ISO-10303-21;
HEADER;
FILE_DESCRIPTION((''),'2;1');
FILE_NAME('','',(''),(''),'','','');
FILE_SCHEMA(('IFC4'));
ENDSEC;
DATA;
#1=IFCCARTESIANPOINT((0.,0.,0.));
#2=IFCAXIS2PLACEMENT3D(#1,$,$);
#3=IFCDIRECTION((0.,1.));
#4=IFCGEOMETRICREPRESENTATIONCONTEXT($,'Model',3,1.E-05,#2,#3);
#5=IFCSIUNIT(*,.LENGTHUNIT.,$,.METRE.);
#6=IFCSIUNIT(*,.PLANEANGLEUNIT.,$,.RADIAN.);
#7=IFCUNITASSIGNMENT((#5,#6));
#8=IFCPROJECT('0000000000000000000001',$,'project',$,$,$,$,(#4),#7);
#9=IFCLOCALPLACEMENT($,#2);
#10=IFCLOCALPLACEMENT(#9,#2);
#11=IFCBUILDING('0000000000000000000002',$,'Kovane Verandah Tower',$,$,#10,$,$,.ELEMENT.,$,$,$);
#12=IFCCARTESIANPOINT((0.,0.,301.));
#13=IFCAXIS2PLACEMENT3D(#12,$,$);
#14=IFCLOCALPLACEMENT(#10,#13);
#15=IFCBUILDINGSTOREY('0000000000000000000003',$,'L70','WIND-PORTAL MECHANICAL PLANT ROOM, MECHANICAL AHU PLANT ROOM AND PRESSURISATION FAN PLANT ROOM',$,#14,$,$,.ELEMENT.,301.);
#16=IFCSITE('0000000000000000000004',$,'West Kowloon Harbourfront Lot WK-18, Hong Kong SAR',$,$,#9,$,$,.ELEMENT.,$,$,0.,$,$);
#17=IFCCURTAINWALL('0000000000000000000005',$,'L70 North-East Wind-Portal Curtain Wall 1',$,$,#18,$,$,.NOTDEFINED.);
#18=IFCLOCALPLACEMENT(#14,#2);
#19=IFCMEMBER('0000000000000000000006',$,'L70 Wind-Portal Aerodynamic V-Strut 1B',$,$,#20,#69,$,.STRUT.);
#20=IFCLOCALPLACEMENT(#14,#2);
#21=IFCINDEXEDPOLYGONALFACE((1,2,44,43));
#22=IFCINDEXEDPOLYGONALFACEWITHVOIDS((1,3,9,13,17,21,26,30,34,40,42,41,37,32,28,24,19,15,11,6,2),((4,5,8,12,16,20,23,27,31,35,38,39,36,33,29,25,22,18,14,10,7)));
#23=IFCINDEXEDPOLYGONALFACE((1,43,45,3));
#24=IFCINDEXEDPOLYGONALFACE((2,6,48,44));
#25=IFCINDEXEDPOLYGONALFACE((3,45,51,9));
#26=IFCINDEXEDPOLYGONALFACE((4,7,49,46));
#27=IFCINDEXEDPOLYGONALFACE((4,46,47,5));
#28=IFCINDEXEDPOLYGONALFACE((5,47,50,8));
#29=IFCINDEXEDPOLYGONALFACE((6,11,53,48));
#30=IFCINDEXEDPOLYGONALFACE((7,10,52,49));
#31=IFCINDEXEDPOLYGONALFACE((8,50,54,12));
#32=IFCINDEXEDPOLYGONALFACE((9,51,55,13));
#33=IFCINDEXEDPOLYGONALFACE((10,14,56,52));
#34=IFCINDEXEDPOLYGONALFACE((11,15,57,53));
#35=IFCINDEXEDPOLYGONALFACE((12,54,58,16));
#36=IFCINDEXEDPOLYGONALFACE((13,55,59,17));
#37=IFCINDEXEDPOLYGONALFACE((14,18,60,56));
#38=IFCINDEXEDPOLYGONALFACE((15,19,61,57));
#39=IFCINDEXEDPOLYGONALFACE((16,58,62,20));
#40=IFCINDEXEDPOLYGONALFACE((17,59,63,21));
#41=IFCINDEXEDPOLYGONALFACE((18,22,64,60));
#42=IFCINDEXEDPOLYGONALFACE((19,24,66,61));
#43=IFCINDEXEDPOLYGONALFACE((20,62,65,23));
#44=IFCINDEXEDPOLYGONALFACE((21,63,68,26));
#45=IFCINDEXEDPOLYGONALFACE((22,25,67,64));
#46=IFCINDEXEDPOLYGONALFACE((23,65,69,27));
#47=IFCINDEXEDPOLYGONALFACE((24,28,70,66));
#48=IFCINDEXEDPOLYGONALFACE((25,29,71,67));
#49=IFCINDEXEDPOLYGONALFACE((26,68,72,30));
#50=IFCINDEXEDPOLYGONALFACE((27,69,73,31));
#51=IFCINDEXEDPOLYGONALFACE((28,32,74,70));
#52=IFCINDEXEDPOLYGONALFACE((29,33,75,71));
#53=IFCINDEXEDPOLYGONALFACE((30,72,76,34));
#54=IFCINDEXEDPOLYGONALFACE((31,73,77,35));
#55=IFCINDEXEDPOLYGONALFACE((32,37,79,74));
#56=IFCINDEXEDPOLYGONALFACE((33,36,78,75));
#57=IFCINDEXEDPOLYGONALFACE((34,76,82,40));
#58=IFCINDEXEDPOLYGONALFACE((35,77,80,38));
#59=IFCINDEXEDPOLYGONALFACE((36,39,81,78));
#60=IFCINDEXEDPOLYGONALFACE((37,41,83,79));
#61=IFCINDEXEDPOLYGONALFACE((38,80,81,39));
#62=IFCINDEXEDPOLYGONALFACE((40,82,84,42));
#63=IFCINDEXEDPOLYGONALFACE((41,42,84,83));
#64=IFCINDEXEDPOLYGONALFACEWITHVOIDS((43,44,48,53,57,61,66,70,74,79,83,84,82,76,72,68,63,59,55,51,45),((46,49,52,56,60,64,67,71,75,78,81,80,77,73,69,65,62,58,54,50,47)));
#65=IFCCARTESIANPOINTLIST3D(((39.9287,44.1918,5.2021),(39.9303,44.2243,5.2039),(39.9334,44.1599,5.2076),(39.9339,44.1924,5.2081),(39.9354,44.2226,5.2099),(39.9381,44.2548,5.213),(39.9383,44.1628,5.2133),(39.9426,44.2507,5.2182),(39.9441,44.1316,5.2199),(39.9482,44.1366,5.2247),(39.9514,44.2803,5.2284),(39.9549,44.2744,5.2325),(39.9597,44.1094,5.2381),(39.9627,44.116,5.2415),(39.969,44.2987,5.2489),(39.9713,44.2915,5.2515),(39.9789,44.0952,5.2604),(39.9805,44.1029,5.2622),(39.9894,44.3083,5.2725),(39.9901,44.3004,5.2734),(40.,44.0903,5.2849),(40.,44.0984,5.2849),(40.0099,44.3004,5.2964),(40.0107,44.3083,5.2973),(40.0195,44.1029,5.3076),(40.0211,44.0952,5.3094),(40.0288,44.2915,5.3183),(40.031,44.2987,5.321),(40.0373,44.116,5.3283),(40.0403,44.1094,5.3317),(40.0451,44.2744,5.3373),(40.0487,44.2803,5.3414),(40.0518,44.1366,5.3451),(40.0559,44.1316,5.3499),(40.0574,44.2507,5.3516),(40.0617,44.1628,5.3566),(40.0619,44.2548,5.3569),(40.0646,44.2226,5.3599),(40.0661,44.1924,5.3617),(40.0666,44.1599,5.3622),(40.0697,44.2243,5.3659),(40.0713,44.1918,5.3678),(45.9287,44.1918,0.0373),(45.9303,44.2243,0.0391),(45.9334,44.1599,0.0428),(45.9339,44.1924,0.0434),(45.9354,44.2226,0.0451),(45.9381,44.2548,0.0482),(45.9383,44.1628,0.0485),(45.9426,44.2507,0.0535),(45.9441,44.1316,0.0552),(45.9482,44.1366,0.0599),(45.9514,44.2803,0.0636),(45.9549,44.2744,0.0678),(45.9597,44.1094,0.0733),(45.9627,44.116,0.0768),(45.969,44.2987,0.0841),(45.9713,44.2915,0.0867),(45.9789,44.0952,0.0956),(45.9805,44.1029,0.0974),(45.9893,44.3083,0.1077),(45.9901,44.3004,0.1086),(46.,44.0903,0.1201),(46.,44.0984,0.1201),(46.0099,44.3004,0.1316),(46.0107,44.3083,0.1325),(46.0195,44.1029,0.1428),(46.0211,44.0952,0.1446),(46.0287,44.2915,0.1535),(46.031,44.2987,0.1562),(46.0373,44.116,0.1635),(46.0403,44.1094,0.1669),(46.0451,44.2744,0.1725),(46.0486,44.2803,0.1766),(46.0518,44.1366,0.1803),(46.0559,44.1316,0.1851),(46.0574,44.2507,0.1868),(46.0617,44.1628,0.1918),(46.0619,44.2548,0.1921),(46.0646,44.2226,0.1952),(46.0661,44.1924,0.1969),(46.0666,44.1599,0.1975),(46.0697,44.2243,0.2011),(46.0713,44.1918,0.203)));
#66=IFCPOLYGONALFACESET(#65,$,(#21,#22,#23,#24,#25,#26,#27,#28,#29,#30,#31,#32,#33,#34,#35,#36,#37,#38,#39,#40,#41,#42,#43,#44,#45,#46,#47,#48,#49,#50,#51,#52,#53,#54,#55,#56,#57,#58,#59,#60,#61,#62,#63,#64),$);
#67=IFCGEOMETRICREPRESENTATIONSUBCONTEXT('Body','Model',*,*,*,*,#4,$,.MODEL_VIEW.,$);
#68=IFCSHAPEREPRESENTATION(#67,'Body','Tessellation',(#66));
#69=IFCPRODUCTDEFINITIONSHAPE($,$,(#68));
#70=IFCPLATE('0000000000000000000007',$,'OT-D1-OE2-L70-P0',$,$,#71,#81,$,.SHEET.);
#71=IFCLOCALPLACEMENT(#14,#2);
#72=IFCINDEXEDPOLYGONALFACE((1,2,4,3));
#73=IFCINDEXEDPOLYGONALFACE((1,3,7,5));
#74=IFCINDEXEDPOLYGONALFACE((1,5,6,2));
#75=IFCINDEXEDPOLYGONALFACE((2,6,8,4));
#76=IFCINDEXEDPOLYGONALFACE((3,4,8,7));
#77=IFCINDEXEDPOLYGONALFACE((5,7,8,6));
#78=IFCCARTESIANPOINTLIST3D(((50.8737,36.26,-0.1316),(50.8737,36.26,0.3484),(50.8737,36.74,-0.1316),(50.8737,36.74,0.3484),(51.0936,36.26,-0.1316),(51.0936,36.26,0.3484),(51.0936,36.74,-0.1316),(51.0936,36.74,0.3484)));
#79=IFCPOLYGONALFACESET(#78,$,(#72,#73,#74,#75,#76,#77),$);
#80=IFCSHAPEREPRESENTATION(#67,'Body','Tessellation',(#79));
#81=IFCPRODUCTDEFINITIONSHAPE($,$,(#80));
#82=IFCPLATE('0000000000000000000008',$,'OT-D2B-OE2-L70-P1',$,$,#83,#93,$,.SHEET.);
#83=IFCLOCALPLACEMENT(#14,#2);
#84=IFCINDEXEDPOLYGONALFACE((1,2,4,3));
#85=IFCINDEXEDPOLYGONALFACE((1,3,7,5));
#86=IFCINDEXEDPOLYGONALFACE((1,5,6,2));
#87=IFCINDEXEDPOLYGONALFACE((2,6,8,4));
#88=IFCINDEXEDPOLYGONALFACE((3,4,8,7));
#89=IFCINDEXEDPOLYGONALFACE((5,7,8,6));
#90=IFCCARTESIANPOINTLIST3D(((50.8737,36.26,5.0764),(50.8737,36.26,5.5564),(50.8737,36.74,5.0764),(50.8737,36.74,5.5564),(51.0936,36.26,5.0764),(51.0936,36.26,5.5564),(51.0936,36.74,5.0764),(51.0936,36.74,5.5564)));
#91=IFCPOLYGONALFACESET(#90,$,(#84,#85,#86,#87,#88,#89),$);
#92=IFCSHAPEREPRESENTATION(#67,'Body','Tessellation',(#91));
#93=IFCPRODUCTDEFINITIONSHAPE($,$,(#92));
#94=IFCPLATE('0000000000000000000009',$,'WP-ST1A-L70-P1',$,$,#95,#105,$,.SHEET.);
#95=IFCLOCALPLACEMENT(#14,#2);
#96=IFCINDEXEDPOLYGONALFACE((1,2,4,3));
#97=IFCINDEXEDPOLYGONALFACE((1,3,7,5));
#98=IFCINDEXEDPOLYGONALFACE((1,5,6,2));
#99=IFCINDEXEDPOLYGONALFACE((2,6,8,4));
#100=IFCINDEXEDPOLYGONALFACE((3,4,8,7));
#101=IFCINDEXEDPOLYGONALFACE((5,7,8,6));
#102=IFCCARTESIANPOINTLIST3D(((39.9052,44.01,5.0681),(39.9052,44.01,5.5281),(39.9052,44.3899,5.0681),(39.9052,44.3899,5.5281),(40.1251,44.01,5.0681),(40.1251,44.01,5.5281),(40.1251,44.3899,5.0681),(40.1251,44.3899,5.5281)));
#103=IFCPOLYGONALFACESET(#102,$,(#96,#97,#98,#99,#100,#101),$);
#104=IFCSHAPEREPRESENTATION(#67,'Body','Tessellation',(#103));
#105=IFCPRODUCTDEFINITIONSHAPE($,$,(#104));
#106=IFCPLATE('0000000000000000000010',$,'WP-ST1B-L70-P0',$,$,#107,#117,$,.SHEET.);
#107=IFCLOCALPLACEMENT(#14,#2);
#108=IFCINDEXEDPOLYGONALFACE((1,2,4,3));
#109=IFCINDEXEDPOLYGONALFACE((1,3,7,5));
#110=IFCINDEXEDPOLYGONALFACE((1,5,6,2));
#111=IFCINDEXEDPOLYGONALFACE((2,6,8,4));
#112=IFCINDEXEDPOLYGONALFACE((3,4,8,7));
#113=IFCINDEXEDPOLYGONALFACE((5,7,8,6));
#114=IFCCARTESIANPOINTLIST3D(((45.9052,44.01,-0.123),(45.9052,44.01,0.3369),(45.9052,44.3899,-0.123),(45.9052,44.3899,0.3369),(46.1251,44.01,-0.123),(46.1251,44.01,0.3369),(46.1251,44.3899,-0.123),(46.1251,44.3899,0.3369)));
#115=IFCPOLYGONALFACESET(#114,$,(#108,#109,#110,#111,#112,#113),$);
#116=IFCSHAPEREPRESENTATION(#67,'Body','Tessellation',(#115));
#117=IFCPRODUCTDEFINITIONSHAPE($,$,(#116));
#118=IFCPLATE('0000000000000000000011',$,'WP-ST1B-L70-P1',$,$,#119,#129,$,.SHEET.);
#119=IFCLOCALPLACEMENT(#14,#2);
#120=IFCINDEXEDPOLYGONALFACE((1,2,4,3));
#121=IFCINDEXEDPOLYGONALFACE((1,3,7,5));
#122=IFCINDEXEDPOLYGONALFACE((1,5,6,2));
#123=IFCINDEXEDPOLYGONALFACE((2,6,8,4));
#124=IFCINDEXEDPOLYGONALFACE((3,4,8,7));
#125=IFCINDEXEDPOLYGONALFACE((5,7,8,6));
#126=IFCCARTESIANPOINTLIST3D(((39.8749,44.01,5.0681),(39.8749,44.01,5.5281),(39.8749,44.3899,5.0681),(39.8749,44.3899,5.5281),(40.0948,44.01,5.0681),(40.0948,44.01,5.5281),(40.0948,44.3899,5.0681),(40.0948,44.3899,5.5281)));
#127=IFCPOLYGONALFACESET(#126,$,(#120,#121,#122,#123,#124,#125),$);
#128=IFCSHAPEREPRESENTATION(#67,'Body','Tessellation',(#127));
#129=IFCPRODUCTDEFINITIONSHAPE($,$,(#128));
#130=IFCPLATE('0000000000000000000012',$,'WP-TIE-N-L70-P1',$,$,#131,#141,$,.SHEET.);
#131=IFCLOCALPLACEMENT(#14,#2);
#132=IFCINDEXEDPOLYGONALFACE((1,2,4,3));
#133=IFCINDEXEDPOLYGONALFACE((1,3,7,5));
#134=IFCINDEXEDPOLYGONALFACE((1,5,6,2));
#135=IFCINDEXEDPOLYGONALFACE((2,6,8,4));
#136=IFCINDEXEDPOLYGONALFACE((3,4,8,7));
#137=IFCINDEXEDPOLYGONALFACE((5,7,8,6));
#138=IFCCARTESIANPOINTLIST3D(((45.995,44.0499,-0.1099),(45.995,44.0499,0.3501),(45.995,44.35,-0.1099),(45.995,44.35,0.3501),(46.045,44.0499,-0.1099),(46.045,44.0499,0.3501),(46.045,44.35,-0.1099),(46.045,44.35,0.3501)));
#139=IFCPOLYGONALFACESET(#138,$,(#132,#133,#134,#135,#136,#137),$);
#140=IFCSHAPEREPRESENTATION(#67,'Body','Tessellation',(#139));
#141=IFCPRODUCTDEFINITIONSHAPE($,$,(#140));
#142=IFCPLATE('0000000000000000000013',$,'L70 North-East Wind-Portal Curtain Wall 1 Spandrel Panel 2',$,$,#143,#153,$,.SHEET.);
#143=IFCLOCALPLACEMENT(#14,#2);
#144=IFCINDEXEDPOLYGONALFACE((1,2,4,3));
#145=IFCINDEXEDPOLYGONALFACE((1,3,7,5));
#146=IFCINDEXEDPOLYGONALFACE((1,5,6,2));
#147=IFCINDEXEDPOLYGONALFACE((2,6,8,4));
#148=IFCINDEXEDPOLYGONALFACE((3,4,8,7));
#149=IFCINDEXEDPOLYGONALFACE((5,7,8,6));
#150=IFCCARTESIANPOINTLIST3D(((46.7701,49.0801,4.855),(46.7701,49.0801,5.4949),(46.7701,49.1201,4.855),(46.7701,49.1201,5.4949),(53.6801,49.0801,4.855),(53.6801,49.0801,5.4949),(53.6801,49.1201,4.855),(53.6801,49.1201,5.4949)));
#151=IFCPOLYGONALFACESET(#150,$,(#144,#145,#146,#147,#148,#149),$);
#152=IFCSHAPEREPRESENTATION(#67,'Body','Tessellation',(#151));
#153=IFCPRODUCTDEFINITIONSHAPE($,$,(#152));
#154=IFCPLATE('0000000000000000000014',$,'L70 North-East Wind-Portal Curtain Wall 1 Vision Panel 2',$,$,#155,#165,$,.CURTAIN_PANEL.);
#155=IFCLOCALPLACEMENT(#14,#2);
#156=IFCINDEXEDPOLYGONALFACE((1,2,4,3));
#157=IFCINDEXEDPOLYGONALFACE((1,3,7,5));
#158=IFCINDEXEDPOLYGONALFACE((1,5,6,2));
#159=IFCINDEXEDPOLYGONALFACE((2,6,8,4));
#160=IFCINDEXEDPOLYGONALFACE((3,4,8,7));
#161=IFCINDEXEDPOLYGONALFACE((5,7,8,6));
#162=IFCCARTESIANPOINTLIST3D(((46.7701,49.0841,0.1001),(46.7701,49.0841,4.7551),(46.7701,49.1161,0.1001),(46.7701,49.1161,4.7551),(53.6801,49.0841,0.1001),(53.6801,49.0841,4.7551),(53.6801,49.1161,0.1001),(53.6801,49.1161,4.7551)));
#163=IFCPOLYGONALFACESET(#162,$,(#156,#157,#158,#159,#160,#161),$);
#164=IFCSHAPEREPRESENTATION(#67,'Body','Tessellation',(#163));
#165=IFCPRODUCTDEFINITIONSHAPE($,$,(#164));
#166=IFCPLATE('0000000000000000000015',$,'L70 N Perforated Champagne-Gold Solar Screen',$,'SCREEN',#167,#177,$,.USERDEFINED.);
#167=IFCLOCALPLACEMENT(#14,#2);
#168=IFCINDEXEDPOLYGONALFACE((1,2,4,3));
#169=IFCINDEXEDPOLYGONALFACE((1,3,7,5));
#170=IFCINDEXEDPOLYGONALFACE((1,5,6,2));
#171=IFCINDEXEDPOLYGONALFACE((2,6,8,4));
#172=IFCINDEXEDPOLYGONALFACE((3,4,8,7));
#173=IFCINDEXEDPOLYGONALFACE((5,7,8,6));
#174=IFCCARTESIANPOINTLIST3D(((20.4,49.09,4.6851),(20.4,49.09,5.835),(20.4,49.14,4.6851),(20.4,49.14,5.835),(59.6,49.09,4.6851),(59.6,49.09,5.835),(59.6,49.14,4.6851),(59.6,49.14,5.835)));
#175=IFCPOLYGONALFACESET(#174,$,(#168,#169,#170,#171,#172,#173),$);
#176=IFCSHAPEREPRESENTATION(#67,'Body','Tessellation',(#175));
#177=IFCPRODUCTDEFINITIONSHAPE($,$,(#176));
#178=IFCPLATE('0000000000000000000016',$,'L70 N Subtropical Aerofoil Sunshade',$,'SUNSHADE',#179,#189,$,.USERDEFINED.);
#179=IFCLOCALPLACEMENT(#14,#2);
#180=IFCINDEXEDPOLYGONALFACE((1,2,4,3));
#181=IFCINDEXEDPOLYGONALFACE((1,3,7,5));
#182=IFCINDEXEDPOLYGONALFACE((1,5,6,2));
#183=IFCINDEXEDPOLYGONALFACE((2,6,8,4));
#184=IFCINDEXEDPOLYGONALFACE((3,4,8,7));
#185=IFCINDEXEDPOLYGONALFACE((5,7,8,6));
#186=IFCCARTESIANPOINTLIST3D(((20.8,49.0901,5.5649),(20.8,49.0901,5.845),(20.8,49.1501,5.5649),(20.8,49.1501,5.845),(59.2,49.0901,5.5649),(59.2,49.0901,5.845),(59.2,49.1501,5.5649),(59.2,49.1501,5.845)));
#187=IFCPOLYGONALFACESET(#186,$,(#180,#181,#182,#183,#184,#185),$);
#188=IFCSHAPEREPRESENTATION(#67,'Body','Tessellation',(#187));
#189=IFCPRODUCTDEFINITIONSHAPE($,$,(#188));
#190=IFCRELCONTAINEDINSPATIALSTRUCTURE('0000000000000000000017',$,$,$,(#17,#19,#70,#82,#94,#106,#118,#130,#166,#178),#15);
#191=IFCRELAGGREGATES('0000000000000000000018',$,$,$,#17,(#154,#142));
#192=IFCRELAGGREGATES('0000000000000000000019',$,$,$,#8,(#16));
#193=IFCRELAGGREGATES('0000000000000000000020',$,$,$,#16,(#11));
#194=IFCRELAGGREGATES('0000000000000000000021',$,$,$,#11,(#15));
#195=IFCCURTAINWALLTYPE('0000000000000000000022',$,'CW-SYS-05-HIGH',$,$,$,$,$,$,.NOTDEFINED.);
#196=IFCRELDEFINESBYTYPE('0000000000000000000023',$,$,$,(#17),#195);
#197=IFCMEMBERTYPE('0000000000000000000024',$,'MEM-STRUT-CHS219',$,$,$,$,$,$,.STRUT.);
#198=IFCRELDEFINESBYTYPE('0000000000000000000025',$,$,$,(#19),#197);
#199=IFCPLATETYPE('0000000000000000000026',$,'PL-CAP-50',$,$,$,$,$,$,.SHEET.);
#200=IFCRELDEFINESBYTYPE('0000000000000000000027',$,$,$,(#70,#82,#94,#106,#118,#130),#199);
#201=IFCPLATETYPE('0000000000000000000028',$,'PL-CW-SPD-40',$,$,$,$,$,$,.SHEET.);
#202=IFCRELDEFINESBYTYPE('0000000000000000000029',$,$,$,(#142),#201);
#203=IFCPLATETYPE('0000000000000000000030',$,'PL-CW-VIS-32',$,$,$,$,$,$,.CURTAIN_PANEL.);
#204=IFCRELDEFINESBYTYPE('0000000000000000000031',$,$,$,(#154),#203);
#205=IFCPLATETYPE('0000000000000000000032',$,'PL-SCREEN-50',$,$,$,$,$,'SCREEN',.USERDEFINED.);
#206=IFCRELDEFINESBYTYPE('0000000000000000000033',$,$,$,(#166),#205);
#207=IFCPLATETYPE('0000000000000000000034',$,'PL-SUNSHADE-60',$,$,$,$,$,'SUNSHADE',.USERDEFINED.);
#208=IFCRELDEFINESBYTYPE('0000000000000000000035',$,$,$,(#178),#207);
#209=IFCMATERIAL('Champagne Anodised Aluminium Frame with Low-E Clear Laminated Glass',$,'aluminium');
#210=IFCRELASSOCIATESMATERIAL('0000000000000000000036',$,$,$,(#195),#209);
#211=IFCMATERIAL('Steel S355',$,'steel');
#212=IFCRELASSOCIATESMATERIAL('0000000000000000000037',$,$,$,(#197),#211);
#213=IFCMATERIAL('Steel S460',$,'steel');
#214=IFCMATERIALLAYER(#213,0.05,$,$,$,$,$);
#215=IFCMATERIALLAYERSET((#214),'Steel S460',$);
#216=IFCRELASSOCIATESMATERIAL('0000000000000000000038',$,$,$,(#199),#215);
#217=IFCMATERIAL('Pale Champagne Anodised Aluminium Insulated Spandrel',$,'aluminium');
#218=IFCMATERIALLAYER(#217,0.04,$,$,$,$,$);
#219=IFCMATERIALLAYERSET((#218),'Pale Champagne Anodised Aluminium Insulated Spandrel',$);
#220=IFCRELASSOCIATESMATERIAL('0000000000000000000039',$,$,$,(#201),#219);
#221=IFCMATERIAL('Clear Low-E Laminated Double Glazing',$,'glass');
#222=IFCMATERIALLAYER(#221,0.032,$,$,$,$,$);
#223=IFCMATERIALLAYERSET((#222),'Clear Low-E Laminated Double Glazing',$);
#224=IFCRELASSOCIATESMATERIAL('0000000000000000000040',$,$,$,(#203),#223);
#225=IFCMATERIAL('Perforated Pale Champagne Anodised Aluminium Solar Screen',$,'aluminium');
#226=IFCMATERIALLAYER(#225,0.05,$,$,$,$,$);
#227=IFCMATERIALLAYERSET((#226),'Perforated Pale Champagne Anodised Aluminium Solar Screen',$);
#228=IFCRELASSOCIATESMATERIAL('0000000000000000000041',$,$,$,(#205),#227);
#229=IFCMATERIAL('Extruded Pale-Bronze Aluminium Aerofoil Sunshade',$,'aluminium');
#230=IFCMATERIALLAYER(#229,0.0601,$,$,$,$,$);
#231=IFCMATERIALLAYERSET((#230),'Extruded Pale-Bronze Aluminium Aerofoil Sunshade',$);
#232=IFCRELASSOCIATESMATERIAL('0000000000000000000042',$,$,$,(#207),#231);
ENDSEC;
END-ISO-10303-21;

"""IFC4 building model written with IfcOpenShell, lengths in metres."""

from ifc_helpers import new_model, si_unit, direction, frame, origin, origin_2d, place, context, subcontext, project, spatial, rectangle, hollow_circle, extrude, material, layer, layer_set, material_profile, profile_set, type_object, element, aggregate, save


model = new_model("IFC4")

# Units and contexts
model_context = context("Model", 3, precision=1e-05, world=origin(), true_north=direction((0.0, 1.0)))
body_context = subcontext(model_context, "Body", "Model", "MODEL_VIEW")
ifc_project = project(units=[si_unit("LENGTHUNIT", "METRE"), si_unit("PLANEANGLEUNIT", "RADIAN")], contexts=[model_context])

# Site, building, storey
site_placement = place(None, origin())
site = spatial("IfcSite", under=ifc_project, at=site_placement, Name="West Kowloon Harbourfront Lot WK-18, Hong Kong SAR", CompositionType="ELEMENT", RefElevation=0.0)
building_placement = place(site_placement, origin())
building = spatial("IfcBuilding", under=site, at=building_placement, Name="Kovane Verandah Tower", CompositionType="ELEMENT")
storey_placement = place(building_placement, frame((0.0, 0.0, 301.0)))
storey = spatial("IfcBuildingStorey", under=building, at=storey_placement, Name="L70", Description="WIND-PORTAL MECHANICAL PLANT ROOM, MECHANICAL AHU PLANT ROOM AND PRESSURISATION FAN PLANT ROOM", CompositionType="ELEMENT", Elevation=301.0)

# Curtain wall
ifc_material_1 = material(Name="Champagne Anodised Aluminium Frame with Low-E Clear Laminated Glass", Category="aluminium")
curtain_wall_type = type_object("IfcCurtainWallType", Name="CW-SYS-05-HIGH", PredefinedType="NOTDEFINED", material=ifc_material_1)
curtain_wall_placement = place(storey_placement, origin())
curtain_wall = element("IfcCurtainWall", 1, at=curtain_wall_placement, inside=storey, type_object=curtain_wall_type, Name="L70 North-East Wind-Portal Curtain Wall 1", PredefinedType="NOTDEFINED")

# Member
ifc_material_2 = material(Name="Steel S355", Category="steel")
ifc_material_profile_1 = material_profile(ifc_material_2, hollow_circle(Radius=0.1096, WallThickness=0.0081, at=origin_2d()), Name="CHS219.1x8")
ifc_profile_set_1 = profile_set([ifc_material_profile_1], Name="Steel S355")
member_type_1 = type_object("IfcMemberType", Name="MEM-STRUT-CHS219", PredefinedType="STRUT", material=ifc_profile_set_1)
member_1_placement = place(storey_placement, frame((46.0, 44.2, 0.1201), z_axis=(-0.757886, 0.0, 0.652387), x_axis=(0.0, -1.0, 0.0)))
element("IfcMember", 2, at=member_1_placement, inside=storey, type_object=member_type_1, Name="L70 Wind-Portal Aerodynamic V-Strut 1B", PredefinedType="STRUT", context=body_context, shape_type="SweptSolid", body=[
    extrude(hollow_circle(Radius=0.1096, WallThickness=0.0081, at=origin_2d()), origin(), (0.0, 0.0, 1.0), 7.9167),
])

# Plates
ifc_material_3 = material(Name="Steel S460", Category="steel")
ifc_layer_1 = layer(ifc_material_3, 0.05)
ifc_layer_set_1 = layer_set([ifc_layer_1], Name="Steel S460")
plate_type_1 = type_object("IfcPlateType", Name="PL-CAP-50", PredefinedType="SHEET", material=ifc_layer_set_1)
for number, where, z_axis, x_axis, name in (
    (3, (50.9836, 36.5, -0.1316), (0.0, 0.0, 1.0), (1.0, 0.0, 0.0), "OT-D1-OE2-L70-P0"),
    (4, (50.9836, 36.5, 5.0764), (0.0, 0.0, 1.0), (-1.0, 0.0, 0.0), "OT-D2B-OE2-L70-P1"),
):
    element("IfcPlate", number, at=place(storey_placement, frame(where, z_axis=z_axis, x_axis=x_axis)), inside=storey, type_object=plate_type_1, Name=name, PredefinedType="SHEET", context=body_context, shape_type="SweptSolid", body=[
        extrude(rectangle(XDim=0.22, YDim=0.48, at=origin_2d()), origin(), (0.0, 0.0, 1.0), 0.48),
    ])
for number, where, z_axis, x_axis, name in (
    (5, (40.0151, 44.2, 5.0681), (0.0, 0.0, 1.0), (1.0, 0.0, 0.0), "WP-ST1A-L70-P1"),
    (6, (46.0151, 44.2, -0.123), (0.0, 0.0, 1.0), (-1.0, 0.0, 0.0), "WP-ST1B-L70-P0"),
    (7, (39.9849, 44.2, 5.0681), (0.0, 0.0, 1.0), (-1.0, 0.0, 0.0), "WP-ST1B-L70-P1"),
):
    element("IfcPlate", number, at=place(storey_placement, frame(where, z_axis=z_axis, x_axis=x_axis)), inside=storey, type_object=plate_type_1, Name=name, PredefinedType="SHEET", context=body_context, shape_type="SweptSolid", body=[
        extrude(rectangle(XDim=0.22, YDim=0.3799, at=origin_2d()), origin(), (0.0, 0.0, 1.0), 0.46),
    ])
plate_1_placement = place(storey_placement, frame((46.02, 44.2, -0.1099), z_axis=(0.0, 0.0, 1.0), x_axis=(1.0, 0.0, 0.0)))
element("IfcPlate", 8, at=plate_1_placement, inside=storey, type_object=plate_type_1, Name="WP-TIE-N-L70-P1", PredefinedType="SHEET", context=body_context, shape_type="SweptSolid", body=[
    extrude(rectangle(XDim=0.05, YDim=0.3, at=origin_2d()), origin(), (0.0, 0.0, 1.0), 0.46),
])

# Plates
ifc_material_4 = material(Name="Pale Champagne Anodised Aluminium Insulated Spandrel", Category="aluminium")
ifc_layer_2 = layer(ifc_material_4, 0.04)
ifc_layer_set_2 = layer_set([ifc_layer_2], Name="Pale Champagne Anodised Aluminium Insulated Spandrel")
plate_type_2 = type_object("IfcPlateType", Name="PL-CW-SPD-40", PredefinedType="SHEET", material=ifc_layer_set_2)
plate_2_placement = place(storey_placement, frame((50.2251, 49.1001, 4.855), z_axis=(0.0, 0.0, 1.0), x_axis=(-1.0, 0.0, 0.0)))
plate_2 = element("IfcPlate", 9, at=plate_2_placement, type_object=plate_type_2, Name="L70 North-East Wind-Portal Curtain Wall 1 Spandrel Panel 2", PredefinedType="SHEET", context=body_context, shape_type="SweptSolid", body=[
    extrude(rectangle(XDim=6.9099, YDim=0.04, at=origin_2d()), origin(), (0.0, 0.0, 1.0), 0.6399),
])
ifc_material_5 = material(Name="Clear Low-E Laminated Double Glazing", Category="glass")
ifc_layer_3 = layer(ifc_material_5, 0.032)
ifc_layer_set_3 = layer_set([ifc_layer_3], Name="Clear Low-E Laminated Double Glazing")
plate_type_3 = type_object("IfcPlateType", Name="PL-CW-VIS-32", PredefinedType="CURTAIN_PANEL", material=ifc_layer_set_3)
plate_3_placement = place(storey_placement, frame((50.2251, 49.1001, 0.1001), z_axis=(0.0, 0.0, 1.0), x_axis=(-1.0, 0.0, 0.0)))
plate_3 = element("IfcPlate", 10, at=plate_3_placement, type_object=plate_type_3, Name="L70 North-East Wind-Portal Curtain Wall 1 Vision Panel 2", PredefinedType="CURTAIN_PANEL", context=body_context, shape_type="SweptSolid", body=[
    extrude(rectangle(XDim=6.9099, YDim=0.032, at=origin_2d()), origin(), (0.0, 0.0, 1.0), 4.655),
])
aggregate(curtain_wall, [plate_3, plate_2])

# Plates
ifc_material_6 = material(Name="Perforated Pale Champagne Anodised Aluminium Solar Screen", Category="aluminium")
ifc_layer_4 = layer(ifc_material_6, 0.05)
ifc_layer_set_4 = layer_set([ifc_layer_4], Name="Perforated Pale Champagne Anodised Aluminium Solar Screen")
plate_type_4 = type_object("IfcPlateType", Name="PL-SCREEN-50", ElementType="SCREEN", PredefinedType="USERDEFINED", material=ifc_layer_set_4)
plate_4_placement = place(storey_placement, frame((40.0, 49.115, 4.6851), z_axis=(0.0, 0.0, 1.0), x_axis=(-1.0, 0.0, 0.0)))
element("IfcPlate", 11, at=plate_4_placement, inside=storey, type_object=plate_type_4, Name="L70 N Perforated Champagne-Gold Solar Screen", ObjectType="SCREEN", PredefinedType="USERDEFINED", context=body_context, shape_type="SweptSolid", body=[
    extrude(rectangle(XDim=39.2, YDim=0.05, at=origin_2d()), origin(), (0.0, 0.0, 1.0), 1.1499),
])
ifc_material_7 = material(Name="Extruded Pale-Bronze Aluminium Aerofoil Sunshade", Category="aluminium")
ifc_layer_5 = layer(ifc_material_7, 0.0601)
ifc_layer_set_5 = layer_set([ifc_layer_5], Name="Extruded Pale-Bronze Aluminium Aerofoil Sunshade")
plate_type_5 = type_object("IfcPlateType", Name="PL-SUNSHADE-60", ElementType="SUNSHADE", PredefinedType="USERDEFINED", material=ifc_layer_set_5)
plate_5_placement = place(storey_placement, frame((40.0, 49.1201, 5.5649), z_axis=(0.0, 0.0, 1.0), x_axis=(-1.0, 0.0, 0.0)))
element("IfcPlate", 12, at=plate_5_placement, inside=storey, type_object=plate_type_5, Name="L70 N Subtropical Aerofoil Sunshade", ObjectType="SUNSHADE", PredefinedType="USERDEFINED", context=body_context, shape_type="SweptSolid", body=[
    extrude(rectangle(XDim=38.3999, YDim=0.0601, at=origin_2d()), origin(), (0.0, 0.0, 1.0), 0.28),
])

save(model, "model.ifc")
